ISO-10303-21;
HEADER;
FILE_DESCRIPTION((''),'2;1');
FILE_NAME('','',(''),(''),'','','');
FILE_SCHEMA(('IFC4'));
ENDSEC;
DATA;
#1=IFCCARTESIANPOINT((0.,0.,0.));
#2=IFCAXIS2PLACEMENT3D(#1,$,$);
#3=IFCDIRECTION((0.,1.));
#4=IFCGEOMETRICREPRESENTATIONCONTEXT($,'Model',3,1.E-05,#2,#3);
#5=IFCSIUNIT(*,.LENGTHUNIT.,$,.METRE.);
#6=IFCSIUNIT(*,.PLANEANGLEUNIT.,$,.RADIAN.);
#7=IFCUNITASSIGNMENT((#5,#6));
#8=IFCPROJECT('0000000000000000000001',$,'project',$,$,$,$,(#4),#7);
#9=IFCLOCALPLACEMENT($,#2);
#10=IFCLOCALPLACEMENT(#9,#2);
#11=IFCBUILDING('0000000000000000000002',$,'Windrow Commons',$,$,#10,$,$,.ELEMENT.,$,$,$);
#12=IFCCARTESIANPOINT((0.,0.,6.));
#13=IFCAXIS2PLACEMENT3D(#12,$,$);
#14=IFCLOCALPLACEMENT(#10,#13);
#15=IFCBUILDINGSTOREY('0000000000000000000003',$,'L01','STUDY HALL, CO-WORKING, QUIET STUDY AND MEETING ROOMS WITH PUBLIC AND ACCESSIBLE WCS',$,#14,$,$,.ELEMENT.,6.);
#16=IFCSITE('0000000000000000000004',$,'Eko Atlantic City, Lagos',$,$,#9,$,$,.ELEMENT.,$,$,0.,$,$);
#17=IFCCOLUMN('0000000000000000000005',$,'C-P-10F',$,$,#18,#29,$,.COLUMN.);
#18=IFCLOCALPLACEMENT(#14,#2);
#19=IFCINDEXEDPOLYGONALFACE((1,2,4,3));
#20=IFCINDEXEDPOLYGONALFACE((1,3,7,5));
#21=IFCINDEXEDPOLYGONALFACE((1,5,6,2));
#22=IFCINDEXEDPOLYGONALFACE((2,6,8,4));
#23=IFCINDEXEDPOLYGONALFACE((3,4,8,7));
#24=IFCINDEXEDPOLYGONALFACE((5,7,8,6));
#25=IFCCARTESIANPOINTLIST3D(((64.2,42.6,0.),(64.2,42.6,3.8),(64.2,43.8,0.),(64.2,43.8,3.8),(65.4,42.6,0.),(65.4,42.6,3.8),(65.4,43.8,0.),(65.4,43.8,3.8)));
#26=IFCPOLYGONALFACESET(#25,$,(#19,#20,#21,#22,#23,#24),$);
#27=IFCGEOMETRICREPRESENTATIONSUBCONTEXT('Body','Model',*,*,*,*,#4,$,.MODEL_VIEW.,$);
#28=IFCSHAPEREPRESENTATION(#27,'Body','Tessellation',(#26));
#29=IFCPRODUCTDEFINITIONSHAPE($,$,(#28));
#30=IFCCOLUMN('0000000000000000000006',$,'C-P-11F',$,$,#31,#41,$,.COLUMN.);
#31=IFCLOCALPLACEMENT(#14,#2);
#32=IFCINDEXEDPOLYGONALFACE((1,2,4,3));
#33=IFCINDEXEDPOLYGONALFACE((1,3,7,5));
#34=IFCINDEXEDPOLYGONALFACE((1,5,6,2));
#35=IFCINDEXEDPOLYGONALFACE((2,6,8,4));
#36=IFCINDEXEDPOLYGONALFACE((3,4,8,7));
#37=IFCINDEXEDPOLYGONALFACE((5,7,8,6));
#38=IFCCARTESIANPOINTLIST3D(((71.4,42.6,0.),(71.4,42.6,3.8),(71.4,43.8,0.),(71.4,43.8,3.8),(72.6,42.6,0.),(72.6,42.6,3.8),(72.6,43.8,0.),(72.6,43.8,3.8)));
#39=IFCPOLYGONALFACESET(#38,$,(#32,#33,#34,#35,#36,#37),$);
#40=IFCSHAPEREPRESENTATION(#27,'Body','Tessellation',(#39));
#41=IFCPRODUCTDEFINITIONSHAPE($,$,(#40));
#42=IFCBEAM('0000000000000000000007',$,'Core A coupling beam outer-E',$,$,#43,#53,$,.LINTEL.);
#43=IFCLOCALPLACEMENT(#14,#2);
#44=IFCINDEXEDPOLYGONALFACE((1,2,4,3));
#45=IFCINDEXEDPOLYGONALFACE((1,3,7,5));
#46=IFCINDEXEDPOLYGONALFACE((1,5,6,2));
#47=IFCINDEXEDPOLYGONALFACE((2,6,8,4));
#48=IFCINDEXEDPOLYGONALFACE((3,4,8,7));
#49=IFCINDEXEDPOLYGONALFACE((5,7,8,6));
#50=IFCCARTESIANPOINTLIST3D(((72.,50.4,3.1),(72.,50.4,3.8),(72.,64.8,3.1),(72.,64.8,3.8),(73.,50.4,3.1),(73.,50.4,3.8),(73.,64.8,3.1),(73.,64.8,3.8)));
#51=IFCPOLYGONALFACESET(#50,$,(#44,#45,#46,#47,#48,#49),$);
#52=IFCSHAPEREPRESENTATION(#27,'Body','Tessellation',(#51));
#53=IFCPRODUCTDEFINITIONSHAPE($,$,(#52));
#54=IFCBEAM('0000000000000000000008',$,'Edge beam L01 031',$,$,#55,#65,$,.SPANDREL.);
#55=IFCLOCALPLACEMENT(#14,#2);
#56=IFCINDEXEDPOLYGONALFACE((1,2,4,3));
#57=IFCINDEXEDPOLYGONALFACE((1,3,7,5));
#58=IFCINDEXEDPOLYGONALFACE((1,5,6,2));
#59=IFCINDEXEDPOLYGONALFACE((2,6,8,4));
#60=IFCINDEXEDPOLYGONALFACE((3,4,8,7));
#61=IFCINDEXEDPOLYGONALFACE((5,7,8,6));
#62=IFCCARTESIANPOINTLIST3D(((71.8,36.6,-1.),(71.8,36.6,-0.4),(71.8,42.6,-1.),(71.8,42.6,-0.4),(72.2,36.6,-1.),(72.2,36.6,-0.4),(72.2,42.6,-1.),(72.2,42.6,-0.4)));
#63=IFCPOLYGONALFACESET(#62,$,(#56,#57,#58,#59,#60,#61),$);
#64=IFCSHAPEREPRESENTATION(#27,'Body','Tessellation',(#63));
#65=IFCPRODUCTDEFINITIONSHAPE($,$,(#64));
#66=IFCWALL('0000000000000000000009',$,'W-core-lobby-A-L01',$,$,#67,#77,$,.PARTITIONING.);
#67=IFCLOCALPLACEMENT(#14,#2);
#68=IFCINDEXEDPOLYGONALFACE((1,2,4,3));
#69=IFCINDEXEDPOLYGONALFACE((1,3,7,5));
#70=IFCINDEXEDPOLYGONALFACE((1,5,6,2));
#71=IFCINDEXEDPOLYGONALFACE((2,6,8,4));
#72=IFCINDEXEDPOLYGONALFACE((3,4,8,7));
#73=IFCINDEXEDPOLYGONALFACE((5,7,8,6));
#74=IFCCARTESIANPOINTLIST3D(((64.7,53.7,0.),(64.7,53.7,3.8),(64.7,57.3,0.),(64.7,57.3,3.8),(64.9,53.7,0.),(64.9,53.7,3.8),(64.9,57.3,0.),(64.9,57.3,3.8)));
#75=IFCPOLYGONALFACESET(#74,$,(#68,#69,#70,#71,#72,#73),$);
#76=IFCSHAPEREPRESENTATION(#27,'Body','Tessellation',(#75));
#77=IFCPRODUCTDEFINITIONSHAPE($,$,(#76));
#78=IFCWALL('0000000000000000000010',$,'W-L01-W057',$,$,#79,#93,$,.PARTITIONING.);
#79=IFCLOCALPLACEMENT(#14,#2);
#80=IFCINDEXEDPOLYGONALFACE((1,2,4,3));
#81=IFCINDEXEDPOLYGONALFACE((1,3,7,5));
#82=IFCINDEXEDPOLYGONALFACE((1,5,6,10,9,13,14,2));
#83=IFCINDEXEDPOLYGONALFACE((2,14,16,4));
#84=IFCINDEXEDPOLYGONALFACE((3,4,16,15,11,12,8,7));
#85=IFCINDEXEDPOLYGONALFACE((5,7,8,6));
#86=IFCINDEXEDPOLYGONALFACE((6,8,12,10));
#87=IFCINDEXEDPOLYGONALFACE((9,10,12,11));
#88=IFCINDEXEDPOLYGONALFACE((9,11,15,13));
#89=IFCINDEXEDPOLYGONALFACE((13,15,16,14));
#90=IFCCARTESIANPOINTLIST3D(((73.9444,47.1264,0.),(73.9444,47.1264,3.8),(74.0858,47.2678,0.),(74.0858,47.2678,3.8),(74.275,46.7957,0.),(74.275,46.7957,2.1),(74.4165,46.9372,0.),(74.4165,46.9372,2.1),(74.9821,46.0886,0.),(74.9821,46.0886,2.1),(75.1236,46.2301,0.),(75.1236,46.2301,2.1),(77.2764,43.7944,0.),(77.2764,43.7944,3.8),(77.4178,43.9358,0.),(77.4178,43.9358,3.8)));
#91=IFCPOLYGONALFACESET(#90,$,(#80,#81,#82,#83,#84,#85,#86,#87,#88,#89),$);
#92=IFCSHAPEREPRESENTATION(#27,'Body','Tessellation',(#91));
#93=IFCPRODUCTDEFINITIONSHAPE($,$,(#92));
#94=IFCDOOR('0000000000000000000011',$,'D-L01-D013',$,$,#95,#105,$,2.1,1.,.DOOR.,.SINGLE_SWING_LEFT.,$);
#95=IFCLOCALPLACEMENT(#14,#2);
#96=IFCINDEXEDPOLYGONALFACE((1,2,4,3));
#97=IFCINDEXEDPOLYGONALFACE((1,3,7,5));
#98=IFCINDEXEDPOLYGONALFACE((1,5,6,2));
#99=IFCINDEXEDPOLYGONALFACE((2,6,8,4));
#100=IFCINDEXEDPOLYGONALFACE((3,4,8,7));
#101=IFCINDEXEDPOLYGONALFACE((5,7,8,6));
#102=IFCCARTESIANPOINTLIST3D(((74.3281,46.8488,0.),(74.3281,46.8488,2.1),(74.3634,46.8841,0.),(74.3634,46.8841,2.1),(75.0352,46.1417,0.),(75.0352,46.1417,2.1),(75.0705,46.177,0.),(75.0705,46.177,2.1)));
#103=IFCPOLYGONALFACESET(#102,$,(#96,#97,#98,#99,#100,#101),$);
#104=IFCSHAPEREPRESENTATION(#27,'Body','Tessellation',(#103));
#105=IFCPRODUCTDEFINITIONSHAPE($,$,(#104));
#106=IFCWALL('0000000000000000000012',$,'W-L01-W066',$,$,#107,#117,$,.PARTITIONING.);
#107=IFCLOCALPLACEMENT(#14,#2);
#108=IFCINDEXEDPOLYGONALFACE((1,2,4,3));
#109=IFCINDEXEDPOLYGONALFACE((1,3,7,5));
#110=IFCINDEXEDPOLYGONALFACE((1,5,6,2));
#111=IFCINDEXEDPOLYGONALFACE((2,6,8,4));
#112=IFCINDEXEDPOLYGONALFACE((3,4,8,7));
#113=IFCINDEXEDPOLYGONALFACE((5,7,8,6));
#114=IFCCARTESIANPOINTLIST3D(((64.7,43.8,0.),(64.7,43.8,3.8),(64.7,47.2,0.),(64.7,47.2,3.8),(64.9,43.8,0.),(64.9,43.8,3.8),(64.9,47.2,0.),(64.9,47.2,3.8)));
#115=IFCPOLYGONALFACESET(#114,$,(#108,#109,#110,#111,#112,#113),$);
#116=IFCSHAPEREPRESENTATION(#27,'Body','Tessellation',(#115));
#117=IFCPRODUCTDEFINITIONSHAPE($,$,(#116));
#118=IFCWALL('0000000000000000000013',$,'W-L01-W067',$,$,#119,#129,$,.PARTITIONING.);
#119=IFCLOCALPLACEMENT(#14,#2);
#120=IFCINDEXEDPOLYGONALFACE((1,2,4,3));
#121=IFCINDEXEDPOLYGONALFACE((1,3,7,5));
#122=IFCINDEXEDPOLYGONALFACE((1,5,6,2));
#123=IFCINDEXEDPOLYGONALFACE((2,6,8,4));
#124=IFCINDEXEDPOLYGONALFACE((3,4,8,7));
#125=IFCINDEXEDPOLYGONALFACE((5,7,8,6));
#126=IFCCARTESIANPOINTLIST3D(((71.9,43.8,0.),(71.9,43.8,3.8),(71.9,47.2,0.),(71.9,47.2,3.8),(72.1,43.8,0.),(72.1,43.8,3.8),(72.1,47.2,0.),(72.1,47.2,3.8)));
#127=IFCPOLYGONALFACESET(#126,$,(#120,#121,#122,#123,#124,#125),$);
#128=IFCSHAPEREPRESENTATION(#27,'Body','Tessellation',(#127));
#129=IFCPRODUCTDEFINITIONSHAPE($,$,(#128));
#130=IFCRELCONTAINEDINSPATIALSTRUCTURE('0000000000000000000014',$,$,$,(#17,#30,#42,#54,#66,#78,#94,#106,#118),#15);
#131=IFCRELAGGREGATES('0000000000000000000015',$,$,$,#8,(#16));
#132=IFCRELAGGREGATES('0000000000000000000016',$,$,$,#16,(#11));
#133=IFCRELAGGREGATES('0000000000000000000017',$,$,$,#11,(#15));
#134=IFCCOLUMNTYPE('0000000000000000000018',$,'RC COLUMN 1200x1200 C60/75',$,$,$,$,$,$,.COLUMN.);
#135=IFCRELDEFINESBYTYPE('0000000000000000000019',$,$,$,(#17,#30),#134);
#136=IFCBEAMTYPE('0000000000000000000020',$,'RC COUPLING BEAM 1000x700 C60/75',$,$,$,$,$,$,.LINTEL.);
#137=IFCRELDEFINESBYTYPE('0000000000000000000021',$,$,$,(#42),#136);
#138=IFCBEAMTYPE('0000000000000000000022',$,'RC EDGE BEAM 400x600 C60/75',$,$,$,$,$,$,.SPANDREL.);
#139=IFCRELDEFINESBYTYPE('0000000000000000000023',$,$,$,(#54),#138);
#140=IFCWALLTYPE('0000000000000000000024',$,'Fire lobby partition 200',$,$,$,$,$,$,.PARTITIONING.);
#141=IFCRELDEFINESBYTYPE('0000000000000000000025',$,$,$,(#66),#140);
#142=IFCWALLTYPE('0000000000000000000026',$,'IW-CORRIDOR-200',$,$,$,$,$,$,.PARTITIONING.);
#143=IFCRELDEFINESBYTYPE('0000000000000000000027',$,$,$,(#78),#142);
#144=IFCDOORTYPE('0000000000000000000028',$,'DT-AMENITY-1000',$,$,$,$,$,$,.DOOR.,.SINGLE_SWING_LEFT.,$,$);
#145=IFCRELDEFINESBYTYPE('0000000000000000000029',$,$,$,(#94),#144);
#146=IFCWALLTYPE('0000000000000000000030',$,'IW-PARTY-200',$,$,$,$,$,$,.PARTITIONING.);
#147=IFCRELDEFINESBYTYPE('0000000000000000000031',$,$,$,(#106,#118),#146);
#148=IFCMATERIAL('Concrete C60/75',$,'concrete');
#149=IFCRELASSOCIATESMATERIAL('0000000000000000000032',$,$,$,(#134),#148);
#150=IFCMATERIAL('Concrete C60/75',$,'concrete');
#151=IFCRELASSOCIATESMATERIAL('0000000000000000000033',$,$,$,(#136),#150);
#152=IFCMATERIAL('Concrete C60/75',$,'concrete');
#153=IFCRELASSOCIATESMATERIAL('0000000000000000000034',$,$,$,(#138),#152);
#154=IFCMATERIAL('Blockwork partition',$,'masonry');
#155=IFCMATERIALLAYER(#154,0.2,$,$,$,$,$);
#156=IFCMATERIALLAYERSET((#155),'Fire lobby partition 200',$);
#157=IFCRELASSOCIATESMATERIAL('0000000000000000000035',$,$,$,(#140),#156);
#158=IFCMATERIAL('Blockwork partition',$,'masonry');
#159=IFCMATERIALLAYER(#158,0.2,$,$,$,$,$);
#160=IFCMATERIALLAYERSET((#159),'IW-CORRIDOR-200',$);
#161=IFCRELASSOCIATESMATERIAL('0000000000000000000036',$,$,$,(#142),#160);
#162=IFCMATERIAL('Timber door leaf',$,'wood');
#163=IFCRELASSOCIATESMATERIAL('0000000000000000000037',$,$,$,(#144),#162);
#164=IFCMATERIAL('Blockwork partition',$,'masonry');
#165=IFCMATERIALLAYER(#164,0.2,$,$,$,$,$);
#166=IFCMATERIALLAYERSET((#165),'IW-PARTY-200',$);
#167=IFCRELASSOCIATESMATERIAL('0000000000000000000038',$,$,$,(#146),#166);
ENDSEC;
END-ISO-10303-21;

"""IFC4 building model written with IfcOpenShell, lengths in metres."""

from ifc_helpers import new_model, si_unit, direction, frame, frame_2d, origin, origin_2d, place, context, subcontext, project, spatial, rectangle, extrude, material, layer, layer_set, material_profile, profile_set, type_object, element, fill, save


model = new_model("IFC4")

# Units and contexts
model_context = context("Model", 3, precision=1e-05, world=origin(), true_north=direction((0.0, 1.0)))
body_context = subcontext(model_context, "Body", "Model", "MODEL_VIEW")
ifc_project = project(units=[si_unit("LENGTHUNIT", "METRE"), si_unit("PLANEANGLEUNIT", "RADIAN")], contexts=[model_context])

# Site, building, storey
site_placement = place(None, origin())
site = spatial("IfcSite", under=ifc_project, at=site_placement, Name="Eko Atlantic City, Lagos", CompositionType="ELEMENT", RefElevation=0.0)
building_placement = place(site_placement, origin())
building = spatial("IfcBuilding", under=site, at=building_placement, Name="Windrow Commons", CompositionType="ELEMENT")
storey_placement = place(building_placement, frame((0.0, 0.0, 6.0)))
storey = spatial("IfcBuildingStorey", under=building, at=storey_placement, Name="L01", Description="STUDY HALL, CO-WORKING, QUIET STUDY AND MEETING ROOMS WITH PUBLIC AND ACCESSIBLE WCS", CompositionType="ELEMENT", Elevation=6.0)

# Columns
ifc_material_1 = material(Name="Concrete C60/75", Category="concrete")
ifc_material_profile_1 = material_profile(ifc_material_1, rectangle(XDim=1.2, YDim=1.2, at=origin_2d()))
ifc_profile_set_1 = profile_set([ifc_material_profile_1], Name="Concrete C60/75")
column_type = type_object("IfcColumnType", Name="RC COLUMN 1200x1200 C60/75", PredefinedType="COLUMN", material=ifc_profile_set_1)
for number, where, z_axis, x_axis, name in (
    (1, (64.8, 43.2, 0.0), (0.0, 0.0, 1.0), (1.0, 0.0, 0.0), "C-P-10F"),
    (2, (72.0, 43.2, 0.0), (0.0, 0.0, 1.0), (1.0, 0.0, 0.0), "C-P-11F"),
):
    element("IfcColumn", number, at=place(storey_placement, frame(where, z_axis=z_axis, x_axis=x_axis)), inside=storey, type_object=column_type, Name=name, PredefinedType="COLUMN", context=body_context, shape_type="SweptSolid", body=[
        extrude(rectangle(XDim=1.2, YDim=1.2, at=origin_2d()), origin(), (0.0, 0.0, 1.0), 3.8),
    ])

# Beams
ifc_material_2 = material(Name="Concrete C60/75", Category="concrete")
ifc_material_profile_2 = material_profile(ifc_material_2, rectangle(XDim=1.0, YDim=0.7, at=origin_2d()))
ifc_profile_set_2 = profile_set([ifc_material_profile_2], Name="Concrete C60/75")
beam_type_1 = type_object("IfcBeamType", Name="RC COUPLING BEAM 1000x700 C60/75", PredefinedType="LINTEL", material=ifc_profile_set_2)
beam_1_placement = place(storey_placement, frame((72.5, 50.4, 3.45), z_axis=(0.0, 1.0, 0.0), x_axis=(-1.0, 0.0, 0.0)))
element("IfcBeam", 3, at=beam_1_placement, inside=storey, type_object=beam_type_1, Name="Core A coupling beam outer-E", PredefinedType="LINTEL", context=body_context, shape_type="SweptSolid", body=[
    extrude(rectangle(XDim=1.0, YDim=0.7, at=origin_2d()), origin(), (0.0, 0.0, 1.0), 14.4),
])
ifc_material_3 = material(Name="Concrete C60/75", Category="concrete")
ifc_material_profile_3 = material_profile(ifc_material_3, rectangle(XDim=0.4, YDim=0.6, at=origin_2d()))
ifc_profile_set_3 = profile_set([ifc_material_profile_3], Name="Concrete C60/75")
beam_type_2 = type_object("IfcBeamType", Name="RC EDGE BEAM 400x600 C60/75", PredefinedType="SPANDREL", material=ifc_profile_set_3)
beam_2_placement = place(storey_placement, frame((72.0, 42.6, -0.7), z_axis=(0.0, -1.0, 0.0), x_axis=(1.0, 0.0, 0.0)))
element("IfcBeam", 4, at=beam_2_placement, inside=storey, type_object=beam_type_2, Name="Edge beam L01 031", PredefinedType="SPANDREL", context=body_context, shape_type="SweptSolid", body=[
    extrude(rectangle(XDim=0.4, YDim=0.6, at=origin_2d()), origin(), (0.0, 0.0, 1.0), 6.0),
])

# Wall
ifc_material_4 = material(Name="Blockwork partition", Category="masonry")
ifc_layer_1 = layer(ifc_material_4, 0.2)
ifc_layer_set_1 = layer_set([ifc_layer_1], Name="Fire lobby partition 200")
wall_type_1 = type_object("IfcWallType", Name="Fire lobby partition 200", PredefinedType="PARTITIONING", material=ifc_layer_set_1)
wall_1_placement = place(storey_placement, frame((64.8, 53.7, 0.0), z_axis=(0.0, 0.0, 1.0), x_axis=(0.0, 1.0, 0.0)))
element("IfcWall", 5, at=wall_1_placement, inside=storey, type_object=wall_type_1, Name="W-core-lobby-A-L01", PredefinedType="PARTITIONING", context=body_context, shape_type="SweptSolid", body=[
    extrude(rectangle(XDim=3.6, YDim=0.2, at=frame_2d((1.8, 0.0))), origin(), (0.0, 0.0, 1.0), 3.8),
])

# Wall, opening, door
ifc_material_5 = material(Name="Blockwork partition", Category="masonry")
ifc_layer_2 = layer(ifc_material_5, 0.2)
ifc_layer_set_2 = layer_set([ifc_layer_2], Name="IW-CORRIDOR-200")
wall_type_2 = type_object("IfcWallType", Name="IW-CORRIDOR-200", PredefinedType="PARTITIONING", material=ifc_layer_set_2)
wall_2_placement = place(storey_placement, frame((74.0151, 47.1971, 0.0), z_axis=(0.0, 0.0, 1.0), x_axis=(0.707107, -0.707107, 0.0)))
wall_2 = element("IfcWall", 6, at=wall_2_placement, inside=storey, type_object=wall_type_2, Name="W-L01-W057", PredefinedType="PARTITIONING", context=body_context, shape_type="SweptSolid", body=[
    extrude(rectangle(XDim=4.7122, YDim=0.2, at=frame_2d((2.3561, 0.0))), origin(), (0.0, 0.0, 1.0), 3.8),
])
opening_1_placement = place(wall_2_placement, frame((0.4676, 0.0, 0.0)))
opening_1 = element("IfcOpeningElement", 7, at=opening_1_placement, cuts=wall_2, PredefinedType="OPENING", context=body_context, shape_type="SweptSolid", body=[
    extrude(rectangle(XDim=1.0, YDim=2.1, at=frame_2d((0.5, 1.05))), frame((0.0, 0.11, 0.0), z_axis=(0.0, -1.0, 0.0), x_axis=(1.0, 0.0, 0.0)), (0.0, 0.0, 1.0), 0.22),
])
ifc_material_6 = material(Name="Timber door leaf", Category="wood")
door_type_1 = type_object("IfcDoorType", Name="DT-AMENITY-1000", OperationType="SINGLE_SWING_LEFT", PredefinedType="DOOR", material=ifc_material_6)
door_1_placement = place(opening_1_placement, origin())
door_1 = element("IfcDoor", 8, at=door_1_placement, inside=storey, type_object=door_type_1, Name="D-L01-D013", OperationType="SINGLE_SWING_LEFT", OverallHeight=2.1, OverallWidth=1.0, PredefinedType="DOOR", context=body_context, shape_type="SweptSolid", body=[
    extrude(rectangle(XDim=1.0, YDim=2.1, at=frame_2d((0.5, 1.05))), frame((0.0, 0.025, 0.0), z_axis=(0.0, -1.0, 0.0), x_axis=(1.0, 0.0, 0.0)), (0.0, 0.0, 1.0), 0.05),
])
fill(opening_1, door_1)

# Walls
ifc_material_7 = material(Name="Blockwork partition", Category="masonry")
ifc_layer_3 = layer(ifc_material_7, 0.2)
ifc_layer_set_3 = layer_set([ifc_layer_3], Name="IW-PARTY-200")
wall_type_3 = type_object("IfcWallType", Name="IW-PARTY-200", PredefinedType="PARTITIONING", material=ifc_layer_set_3)
for number, where, z_axis, x_axis, name in (
    (9, (64.8, 43.8, 0.0), (0.0, 0.0, 1.0), (0.0, 1.0, 0.0), "W-L01-W066"),
    (10, (72.0, 43.8, 0.0), (0.0, 0.0, 1.0), (0.0, 1.0, 0.0), "W-L01-W067"),
):
    element("IfcWall", number, at=place(storey_placement, frame(where, z_axis=z_axis, x_axis=x_axis)), inside=storey, type_object=wall_type_3, Name=name, PredefinedType="PARTITIONING", context=body_context, shape_type="SweptSolid", body=[
        extrude(rectangle(XDim=3.4, YDim=0.2, at=frame_2d((1.7, 0.0))), origin(), (0.0, 0.0, 1.0), 3.8),
    ])

save(model, "model.ifc")
